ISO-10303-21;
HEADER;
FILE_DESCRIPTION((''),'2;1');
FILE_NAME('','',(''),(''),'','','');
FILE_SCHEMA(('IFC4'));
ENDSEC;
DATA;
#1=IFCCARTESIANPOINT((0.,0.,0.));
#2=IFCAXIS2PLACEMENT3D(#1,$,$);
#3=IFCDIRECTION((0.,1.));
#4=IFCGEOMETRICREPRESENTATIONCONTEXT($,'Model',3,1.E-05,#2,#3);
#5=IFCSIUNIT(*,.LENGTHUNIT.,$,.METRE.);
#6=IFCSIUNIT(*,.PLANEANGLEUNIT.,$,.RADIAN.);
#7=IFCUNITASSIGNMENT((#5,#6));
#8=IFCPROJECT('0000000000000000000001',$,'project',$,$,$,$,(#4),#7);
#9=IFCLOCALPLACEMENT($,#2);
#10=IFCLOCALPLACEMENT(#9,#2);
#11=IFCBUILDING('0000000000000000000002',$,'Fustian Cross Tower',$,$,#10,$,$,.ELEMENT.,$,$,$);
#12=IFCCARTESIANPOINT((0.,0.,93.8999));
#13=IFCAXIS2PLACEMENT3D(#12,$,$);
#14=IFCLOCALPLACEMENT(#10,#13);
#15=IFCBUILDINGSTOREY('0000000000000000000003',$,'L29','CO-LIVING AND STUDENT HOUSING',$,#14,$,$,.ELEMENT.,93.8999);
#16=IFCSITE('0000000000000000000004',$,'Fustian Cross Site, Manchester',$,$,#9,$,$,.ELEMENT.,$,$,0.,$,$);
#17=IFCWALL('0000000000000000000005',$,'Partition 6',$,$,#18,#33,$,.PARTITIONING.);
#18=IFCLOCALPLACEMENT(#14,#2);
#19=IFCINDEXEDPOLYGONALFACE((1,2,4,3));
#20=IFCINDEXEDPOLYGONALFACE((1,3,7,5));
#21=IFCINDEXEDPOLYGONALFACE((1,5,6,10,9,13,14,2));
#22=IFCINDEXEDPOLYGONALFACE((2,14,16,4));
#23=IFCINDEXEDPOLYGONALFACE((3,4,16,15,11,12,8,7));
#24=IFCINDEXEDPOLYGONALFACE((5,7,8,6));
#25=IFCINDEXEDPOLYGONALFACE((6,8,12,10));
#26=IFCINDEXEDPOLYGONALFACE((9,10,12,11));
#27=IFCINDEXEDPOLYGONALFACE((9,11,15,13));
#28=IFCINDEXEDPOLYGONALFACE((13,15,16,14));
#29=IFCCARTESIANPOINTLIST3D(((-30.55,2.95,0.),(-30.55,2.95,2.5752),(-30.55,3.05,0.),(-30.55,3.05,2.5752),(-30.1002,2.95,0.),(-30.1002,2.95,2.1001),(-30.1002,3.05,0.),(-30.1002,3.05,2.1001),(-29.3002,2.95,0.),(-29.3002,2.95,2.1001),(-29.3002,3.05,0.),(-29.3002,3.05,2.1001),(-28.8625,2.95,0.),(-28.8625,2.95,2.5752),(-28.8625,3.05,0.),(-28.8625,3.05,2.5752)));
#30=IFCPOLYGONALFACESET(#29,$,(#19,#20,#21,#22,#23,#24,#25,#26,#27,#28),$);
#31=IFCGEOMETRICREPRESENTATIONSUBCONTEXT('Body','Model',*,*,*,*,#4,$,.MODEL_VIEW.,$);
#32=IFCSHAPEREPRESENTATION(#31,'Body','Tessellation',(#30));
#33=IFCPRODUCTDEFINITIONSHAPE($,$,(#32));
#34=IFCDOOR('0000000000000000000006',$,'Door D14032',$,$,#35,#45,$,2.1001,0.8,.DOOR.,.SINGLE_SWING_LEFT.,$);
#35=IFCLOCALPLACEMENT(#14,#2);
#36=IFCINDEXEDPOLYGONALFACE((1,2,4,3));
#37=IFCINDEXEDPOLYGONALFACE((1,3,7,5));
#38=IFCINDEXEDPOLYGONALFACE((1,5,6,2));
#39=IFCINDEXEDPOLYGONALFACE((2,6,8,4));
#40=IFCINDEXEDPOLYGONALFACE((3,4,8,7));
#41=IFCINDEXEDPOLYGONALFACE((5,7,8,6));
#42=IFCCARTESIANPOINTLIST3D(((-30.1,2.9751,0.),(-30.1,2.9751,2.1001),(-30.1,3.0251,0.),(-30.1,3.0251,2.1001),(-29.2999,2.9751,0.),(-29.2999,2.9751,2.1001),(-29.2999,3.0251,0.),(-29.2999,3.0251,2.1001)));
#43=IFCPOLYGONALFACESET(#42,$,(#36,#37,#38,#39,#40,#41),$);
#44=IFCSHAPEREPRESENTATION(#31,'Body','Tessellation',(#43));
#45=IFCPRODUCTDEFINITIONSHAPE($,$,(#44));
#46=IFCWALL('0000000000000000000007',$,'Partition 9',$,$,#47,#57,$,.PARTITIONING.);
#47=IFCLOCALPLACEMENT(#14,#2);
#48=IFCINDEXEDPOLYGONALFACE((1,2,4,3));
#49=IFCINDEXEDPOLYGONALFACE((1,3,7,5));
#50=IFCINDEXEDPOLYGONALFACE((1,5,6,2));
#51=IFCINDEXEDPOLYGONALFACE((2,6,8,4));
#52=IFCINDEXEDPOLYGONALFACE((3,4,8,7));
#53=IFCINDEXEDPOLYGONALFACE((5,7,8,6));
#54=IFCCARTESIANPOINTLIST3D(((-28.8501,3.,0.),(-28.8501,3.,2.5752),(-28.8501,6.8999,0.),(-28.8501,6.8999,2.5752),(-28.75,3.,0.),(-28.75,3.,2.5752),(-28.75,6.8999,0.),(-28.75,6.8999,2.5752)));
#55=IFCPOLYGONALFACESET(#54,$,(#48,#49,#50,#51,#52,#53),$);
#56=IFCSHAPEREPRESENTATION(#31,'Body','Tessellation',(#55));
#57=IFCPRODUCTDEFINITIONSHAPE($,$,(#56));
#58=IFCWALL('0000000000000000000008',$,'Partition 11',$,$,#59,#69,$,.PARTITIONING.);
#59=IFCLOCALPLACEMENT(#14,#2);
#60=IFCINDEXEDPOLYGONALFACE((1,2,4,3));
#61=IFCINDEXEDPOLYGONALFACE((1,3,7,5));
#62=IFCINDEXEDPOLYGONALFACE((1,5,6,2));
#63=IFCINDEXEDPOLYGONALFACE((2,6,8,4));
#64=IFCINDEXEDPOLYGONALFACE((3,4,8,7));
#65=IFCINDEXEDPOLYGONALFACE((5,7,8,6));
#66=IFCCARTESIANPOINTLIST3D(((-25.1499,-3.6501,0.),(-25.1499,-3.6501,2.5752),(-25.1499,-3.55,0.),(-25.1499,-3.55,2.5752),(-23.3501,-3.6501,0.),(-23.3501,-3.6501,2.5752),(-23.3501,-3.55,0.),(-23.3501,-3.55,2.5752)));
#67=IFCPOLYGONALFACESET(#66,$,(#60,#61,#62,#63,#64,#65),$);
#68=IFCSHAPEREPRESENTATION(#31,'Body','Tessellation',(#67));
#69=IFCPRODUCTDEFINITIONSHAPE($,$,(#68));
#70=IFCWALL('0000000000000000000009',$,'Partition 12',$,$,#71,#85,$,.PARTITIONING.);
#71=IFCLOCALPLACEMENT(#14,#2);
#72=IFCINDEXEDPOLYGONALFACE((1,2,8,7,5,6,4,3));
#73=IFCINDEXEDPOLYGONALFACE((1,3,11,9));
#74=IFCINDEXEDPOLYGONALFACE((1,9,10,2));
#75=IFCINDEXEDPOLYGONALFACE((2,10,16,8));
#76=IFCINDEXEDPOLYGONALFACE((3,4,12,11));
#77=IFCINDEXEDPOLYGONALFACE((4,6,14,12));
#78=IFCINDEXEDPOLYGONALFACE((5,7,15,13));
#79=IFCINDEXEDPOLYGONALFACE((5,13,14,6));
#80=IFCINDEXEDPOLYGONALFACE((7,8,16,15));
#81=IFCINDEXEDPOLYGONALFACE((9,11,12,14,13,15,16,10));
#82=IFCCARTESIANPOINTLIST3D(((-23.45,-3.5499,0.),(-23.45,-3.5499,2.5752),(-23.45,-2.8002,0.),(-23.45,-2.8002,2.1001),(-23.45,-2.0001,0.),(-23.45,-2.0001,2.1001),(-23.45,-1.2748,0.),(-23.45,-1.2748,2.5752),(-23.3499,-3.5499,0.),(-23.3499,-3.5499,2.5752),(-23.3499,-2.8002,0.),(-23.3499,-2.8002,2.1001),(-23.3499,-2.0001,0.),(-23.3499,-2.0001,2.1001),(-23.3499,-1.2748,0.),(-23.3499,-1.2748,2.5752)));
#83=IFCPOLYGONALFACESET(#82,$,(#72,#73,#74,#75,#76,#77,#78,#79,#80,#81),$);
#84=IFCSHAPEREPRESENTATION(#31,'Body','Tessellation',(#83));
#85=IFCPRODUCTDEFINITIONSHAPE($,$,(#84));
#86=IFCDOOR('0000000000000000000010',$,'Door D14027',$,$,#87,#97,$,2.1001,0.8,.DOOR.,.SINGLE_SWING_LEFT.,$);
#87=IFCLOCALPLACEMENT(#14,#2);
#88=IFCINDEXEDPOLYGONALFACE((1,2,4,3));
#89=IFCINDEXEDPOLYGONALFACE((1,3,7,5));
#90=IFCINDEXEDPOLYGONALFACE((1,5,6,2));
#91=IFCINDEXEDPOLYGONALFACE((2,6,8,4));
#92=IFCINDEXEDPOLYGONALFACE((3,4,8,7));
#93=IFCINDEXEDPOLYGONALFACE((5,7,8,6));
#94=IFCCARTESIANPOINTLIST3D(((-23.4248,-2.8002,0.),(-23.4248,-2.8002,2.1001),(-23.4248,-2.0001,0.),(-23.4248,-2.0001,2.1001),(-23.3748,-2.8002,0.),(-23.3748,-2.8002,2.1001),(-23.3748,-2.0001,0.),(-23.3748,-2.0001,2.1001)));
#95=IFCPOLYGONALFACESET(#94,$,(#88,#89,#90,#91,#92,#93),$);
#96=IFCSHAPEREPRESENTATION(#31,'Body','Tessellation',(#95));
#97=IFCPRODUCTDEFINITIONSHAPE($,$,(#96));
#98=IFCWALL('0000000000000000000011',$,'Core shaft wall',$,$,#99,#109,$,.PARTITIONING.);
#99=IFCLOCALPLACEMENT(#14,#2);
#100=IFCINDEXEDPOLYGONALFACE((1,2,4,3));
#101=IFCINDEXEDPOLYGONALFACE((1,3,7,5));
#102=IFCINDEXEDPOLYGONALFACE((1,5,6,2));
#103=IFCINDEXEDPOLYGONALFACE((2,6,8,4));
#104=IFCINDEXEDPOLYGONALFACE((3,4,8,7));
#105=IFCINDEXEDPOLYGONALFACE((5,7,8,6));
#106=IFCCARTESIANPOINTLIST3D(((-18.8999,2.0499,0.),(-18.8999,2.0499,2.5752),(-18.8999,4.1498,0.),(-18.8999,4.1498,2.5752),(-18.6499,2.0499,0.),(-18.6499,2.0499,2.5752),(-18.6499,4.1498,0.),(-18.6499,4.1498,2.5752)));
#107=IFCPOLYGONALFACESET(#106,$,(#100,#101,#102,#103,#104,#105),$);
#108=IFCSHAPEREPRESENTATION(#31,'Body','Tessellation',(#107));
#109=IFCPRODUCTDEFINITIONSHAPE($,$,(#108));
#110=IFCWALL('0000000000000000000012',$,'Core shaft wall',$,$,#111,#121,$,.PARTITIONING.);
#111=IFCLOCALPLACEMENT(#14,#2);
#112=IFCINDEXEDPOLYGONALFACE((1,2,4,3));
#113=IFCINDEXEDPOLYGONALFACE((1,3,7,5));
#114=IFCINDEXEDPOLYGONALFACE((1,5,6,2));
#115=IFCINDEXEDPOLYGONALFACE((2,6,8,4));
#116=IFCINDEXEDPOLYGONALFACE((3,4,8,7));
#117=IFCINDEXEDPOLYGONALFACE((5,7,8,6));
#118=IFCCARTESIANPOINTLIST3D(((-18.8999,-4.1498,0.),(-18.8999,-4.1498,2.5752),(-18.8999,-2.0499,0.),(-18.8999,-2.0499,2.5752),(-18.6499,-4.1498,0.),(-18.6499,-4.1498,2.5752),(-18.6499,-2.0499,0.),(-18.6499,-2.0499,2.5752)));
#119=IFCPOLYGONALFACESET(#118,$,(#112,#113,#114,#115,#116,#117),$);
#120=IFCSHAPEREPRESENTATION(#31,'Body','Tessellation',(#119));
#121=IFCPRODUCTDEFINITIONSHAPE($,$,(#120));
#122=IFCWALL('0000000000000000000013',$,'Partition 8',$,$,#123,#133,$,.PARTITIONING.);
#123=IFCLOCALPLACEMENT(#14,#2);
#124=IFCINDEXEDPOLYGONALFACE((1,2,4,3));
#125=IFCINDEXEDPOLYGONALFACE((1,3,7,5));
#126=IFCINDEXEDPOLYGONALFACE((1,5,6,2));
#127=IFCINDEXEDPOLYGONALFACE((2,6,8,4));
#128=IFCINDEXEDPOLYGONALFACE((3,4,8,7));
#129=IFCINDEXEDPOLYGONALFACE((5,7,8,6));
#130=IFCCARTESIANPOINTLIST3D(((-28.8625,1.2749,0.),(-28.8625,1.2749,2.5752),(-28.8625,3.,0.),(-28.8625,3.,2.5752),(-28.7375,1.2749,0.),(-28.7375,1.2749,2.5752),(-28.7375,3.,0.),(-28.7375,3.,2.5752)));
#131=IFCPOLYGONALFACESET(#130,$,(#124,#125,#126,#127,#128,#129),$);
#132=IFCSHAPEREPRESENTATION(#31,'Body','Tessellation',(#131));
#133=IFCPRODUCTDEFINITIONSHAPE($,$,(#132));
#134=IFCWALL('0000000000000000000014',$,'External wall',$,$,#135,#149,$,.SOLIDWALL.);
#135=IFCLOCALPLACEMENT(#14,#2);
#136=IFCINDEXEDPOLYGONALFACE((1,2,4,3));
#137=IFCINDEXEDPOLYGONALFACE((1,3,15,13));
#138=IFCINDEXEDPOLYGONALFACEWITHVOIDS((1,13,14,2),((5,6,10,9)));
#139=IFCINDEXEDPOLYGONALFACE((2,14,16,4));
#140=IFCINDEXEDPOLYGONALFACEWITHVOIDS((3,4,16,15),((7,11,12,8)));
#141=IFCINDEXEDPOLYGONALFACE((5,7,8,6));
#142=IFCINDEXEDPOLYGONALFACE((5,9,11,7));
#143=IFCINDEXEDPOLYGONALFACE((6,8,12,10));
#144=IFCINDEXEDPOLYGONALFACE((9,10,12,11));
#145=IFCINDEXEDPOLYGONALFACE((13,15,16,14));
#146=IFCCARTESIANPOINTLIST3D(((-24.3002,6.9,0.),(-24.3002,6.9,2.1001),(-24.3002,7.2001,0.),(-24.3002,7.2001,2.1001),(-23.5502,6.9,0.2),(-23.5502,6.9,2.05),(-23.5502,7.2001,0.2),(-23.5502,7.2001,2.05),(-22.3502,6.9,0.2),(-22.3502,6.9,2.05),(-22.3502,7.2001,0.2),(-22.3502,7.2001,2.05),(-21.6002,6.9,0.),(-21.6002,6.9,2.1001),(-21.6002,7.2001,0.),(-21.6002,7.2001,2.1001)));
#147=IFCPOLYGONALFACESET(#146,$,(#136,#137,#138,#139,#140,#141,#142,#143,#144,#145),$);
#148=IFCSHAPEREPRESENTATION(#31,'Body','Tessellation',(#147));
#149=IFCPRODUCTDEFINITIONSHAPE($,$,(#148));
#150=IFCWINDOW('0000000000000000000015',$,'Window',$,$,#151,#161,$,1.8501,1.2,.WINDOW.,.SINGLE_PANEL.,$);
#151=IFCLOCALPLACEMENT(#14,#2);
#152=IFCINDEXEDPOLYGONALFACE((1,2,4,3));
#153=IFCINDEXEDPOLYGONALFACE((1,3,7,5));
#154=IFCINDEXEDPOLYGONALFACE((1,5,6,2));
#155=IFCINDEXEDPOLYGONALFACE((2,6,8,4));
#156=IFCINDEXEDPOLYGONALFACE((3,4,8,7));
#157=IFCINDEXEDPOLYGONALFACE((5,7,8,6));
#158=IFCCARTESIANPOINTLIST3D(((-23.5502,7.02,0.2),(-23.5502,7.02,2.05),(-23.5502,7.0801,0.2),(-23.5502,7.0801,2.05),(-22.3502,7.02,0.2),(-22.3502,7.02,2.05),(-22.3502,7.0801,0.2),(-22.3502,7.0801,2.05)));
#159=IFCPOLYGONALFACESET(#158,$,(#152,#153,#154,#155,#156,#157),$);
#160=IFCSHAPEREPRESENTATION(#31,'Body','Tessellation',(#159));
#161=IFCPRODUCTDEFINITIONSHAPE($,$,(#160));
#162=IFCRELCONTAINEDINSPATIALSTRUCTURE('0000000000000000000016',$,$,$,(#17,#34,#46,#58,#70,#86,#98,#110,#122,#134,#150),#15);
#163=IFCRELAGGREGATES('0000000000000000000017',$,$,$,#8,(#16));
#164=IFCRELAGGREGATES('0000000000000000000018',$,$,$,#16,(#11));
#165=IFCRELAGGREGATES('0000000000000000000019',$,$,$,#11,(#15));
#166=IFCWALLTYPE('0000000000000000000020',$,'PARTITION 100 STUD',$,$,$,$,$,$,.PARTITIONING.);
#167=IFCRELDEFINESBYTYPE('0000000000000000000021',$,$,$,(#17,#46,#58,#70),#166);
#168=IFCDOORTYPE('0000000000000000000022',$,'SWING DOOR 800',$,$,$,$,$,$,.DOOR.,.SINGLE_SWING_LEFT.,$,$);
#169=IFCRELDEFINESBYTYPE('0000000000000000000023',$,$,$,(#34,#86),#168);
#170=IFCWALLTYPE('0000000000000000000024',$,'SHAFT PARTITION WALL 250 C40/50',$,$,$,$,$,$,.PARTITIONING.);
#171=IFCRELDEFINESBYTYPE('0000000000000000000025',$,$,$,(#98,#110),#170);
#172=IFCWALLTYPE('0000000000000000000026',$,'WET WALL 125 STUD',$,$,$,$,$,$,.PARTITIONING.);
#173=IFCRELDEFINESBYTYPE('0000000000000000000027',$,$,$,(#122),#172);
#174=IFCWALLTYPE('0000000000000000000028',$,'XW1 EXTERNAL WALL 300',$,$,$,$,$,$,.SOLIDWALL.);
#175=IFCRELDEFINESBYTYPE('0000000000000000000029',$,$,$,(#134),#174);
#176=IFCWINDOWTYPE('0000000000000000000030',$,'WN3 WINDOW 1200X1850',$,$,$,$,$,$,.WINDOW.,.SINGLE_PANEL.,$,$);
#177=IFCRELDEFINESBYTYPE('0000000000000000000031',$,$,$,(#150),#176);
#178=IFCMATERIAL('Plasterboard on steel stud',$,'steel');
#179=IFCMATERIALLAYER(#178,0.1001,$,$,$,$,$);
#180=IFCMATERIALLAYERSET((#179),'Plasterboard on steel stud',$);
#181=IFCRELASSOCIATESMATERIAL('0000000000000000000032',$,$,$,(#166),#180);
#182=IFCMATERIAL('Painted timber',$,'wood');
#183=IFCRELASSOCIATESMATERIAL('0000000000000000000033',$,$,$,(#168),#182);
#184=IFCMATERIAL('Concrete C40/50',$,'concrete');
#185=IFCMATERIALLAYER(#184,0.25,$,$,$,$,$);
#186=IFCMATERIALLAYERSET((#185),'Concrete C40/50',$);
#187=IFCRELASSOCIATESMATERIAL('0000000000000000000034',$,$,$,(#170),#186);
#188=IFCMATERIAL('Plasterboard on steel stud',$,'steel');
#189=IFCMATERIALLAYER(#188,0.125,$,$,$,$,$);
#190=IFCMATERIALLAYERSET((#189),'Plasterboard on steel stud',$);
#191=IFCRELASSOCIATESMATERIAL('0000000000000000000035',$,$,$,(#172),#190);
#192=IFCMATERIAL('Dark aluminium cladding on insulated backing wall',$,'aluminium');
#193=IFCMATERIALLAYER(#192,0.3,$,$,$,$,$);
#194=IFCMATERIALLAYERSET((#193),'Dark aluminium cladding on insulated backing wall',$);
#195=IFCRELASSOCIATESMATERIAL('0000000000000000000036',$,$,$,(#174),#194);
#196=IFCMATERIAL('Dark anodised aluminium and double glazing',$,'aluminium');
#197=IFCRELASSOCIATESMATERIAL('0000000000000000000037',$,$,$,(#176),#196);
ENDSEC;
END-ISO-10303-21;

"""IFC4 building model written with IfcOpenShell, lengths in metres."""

from ifc_helpers import new_model, si_unit, direction, frame, frame_2d, origin, place, context, subcontext, project, spatial, rectangle, extrude, material, layer, layer_set, type_object, element, fill, save


model = new_model("IFC4")

# Units and contexts
model_context = context("Model", 3, precision=1e-05, world=origin(), true_north=direction((0.0, 1.0)))
body_context = subcontext(model_context, "Body", "Model", "MODEL_VIEW")
ifc_project = project(units=[si_unit("LENGTHUNIT", "METRE"), si_unit("PLANEANGLEUNIT", "RADIAN")], contexts=[model_context])

# Site, building, storey
site_placement = place(None, origin())
site = spatial("IfcSite", under=ifc_project, at=site_placement, Name="Fustian Cross Site, Manchester", CompositionType="ELEMENT", RefElevation=0.0)
building_placement = place(site_placement, origin())
building = spatial("IfcBuilding", under=site, at=building_placement, Name="Fustian Cross Tower", CompositionType="ELEMENT")
storey_placement = place(building_placement, frame((0.0, 0.0, 93.8999)))
storey = spatial("IfcBuildingStorey", under=building, at=storey_placement, Name="L29", Description="CO-LIVING AND STUDENT HOUSING", CompositionType="ELEMENT", Elevation=93.8999)

# Shared definitions
ifc_material_1 = material(Name="Plasterboard on steel stud", Category="steel")
ifc_layer_1 = layer(ifc_material_1, 0.1001)
ifc_layer_set_1 = layer_set([ifc_layer_1], Name="Plasterboard on steel stud")
wall_type_1 = type_object("IfcWallType", Name="PARTITION 100 STUD", PredefinedType="PARTITIONING", material=ifc_layer_set_1)

# Wall, opening, door
wall_1_placement = place(storey_placement, frame((-30.55, 3.0, 0.0), z_axis=(0.0, 0.0, 1.0), x_axis=(1.0, 0.0, 0.0)))
wall_1 = element("IfcWall", 1, at=wall_1_placement, inside=storey, type_object=wall_type_1, Name="Partition 6", PredefinedType="PARTITIONING", context=body_context, shape_type="SweptSolid", body=[
    extrude(rectangle(XDim=1.6875, YDim=0.1001, at=frame_2d((0.8438, 0.0))), origin(), (0.0, 0.0, 1.0), 2.5752),
])
opening_1_placement = place(wall_1_placement, frame((0.45, 0.0, 0.0)))
opening_1 = element("IfcOpeningElement", 2, at=opening_1_placement, cuts=wall_1, PredefinedType="OPENING", context=body_context, shape_type="SweptSolid", body=[
    extrude(rectangle(XDim=0.8, YDim=2.1001, at=frame_2d((0.3999, 1.05))), frame((0.0, 0.0601, 0.0), z_axis=(0.0, -1.0, 0.0), x_axis=(1.0, 0.0, 0.0)), (0.0, 0.0, 1.0), 0.1201),
])
ifc_material_2 = material(Name="Painted timber", Category="wood")
door_type_1 = type_object("IfcDoorType", Name="SWING DOOR 800", OperationType="SINGLE_SWING_LEFT", PredefinedType="DOOR", material=ifc_material_2)
door_1_placement = place(opening_1_placement, frame((0.8, 0.0, 0.0), z_axis=(0.0, 0.0, 1.0), x_axis=(-1.0, 0.0, 0.0)))
door_1 = element("IfcDoor", 3, at=door_1_placement, inside=storey, type_object=door_type_1, Name="Door D14032", OperationType="SINGLE_SWING_LEFT", OverallHeight=2.1001, OverallWidth=0.8, PredefinedType="DOOR", context=body_context, shape_type="SweptSolid", body=[
    extrude(rectangle(XDim=0.8, YDim=2.1001, at=frame_2d((0.3999, 1.05))), frame((0.0, 0.0249, 0.0), z_axis=(0.0, -1.0, 0.0), x_axis=(1.0, 0.0, 0.0)), (0.0, 0.0, 1.0), 0.05),
])
fill(opening_1, door_1)

# Walls
wall_2_placement = place(storey_placement, frame((-28.8, 3.0, 0.0), z_axis=(0.0, 0.0, 1.0), x_axis=(0.0, 1.0, 0.0)))
element("IfcWall", 4, at=wall_2_placement, inside=storey, type_object=wall_type_1, Name="Partition 9", PredefinedType="PARTITIONING", context=body_context, shape_type="SweptSolid", body=[
    extrude(rectangle(XDim=3.8999, YDim=0.1001, at=frame_2d((1.95, 0.0))), origin(), (0.0, 0.0, 1.0), 2.5752),
])
wall_3_placement = place(storey_placement, frame((-25.1499, -3.6001, 0.0), z_axis=(0.0, 0.0, 1.0), x_axis=(1.0, 0.0, 0.0)))
element("IfcWall", 5, at=wall_3_placement, inside=storey, type_object=wall_type_1, Name="Partition 11", PredefinedType="PARTITIONING", context=body_context, shape_type="SweptSolid", body=[
    extrude(rectangle(XDim=1.7998, YDim=0.1001, at=frame_2d((0.8999, 0.0))), origin(), (0.0, 0.0, 1.0), 2.5752),
])

# Wall, opening, door
wall_4_placement = place(storey_placement, frame((-23.3999, -3.55, 0.0), z_axis=(0.0, 0.0, 1.0), x_axis=(0.0, 1.0, 0.0)))
wall_4 = element("IfcWall", 6, at=wall_4_placement, inside=storey, type_object=wall_type_1, Name="Partition 12", PredefinedType="PARTITIONING", context=body_context, shape_type="SweptSolid", body=[
    extrude(rectangle(XDim=2.2751, YDim=0.1001, at=frame_2d((1.1377, 0.0))), origin(), (0.0, 0.0, 1.0), 2.5752),
])
opening_2_placement = place(wall_4_placement, frame((0.75, 0.0, 0.0)))
opening_2 = element("IfcOpeningElement", 7, at=opening_2_placement, cuts=wall_4, PredefinedType="OPENING", context=body_context, shape_type="SweptSolid", body=[
    extrude(rectangle(XDim=0.8, YDim=2.1001, at=frame_2d((0.3999, 1.05))), frame((0.0, 0.0601, 0.0), z_axis=(0.0, -1.0, 0.0), x_axis=(1.0, 0.0, 0.0)), (0.0, 0.0, 1.0), 0.1201),
])
door_2_placement = place(opening_2_placement, origin())
door_2 = element("IfcDoor", 8, at=door_2_placement, inside=storey, type_object=door_type_1, Name="Door D14027", OperationType="SINGLE_SWING_LEFT", OverallHeight=2.1001, OverallWidth=0.8, PredefinedType="DOOR", context=body_context, shape_type="SweptSolid", body=[
    extrude(rectangle(XDim=0.8, YDim=2.1001, at=frame_2d((0.3999, 1.05))), frame((0.0, 0.0249, 0.0), z_axis=(0.0, -1.0, 0.0), x_axis=(1.0, 0.0, 0.0)), (0.0, 0.0, 1.0), 0.05),
])
fill(opening_2, door_2)

# Walls
ifc_material_3 = material(Name="Concrete C40/50", Category="concrete")
ifc_layer_2 = layer(ifc_material_3, 0.25)
ifc_layer_set_2 = layer_set([ifc_layer_2], Name="Concrete C40/50")
wall_type_2 = type_object("IfcWallType", Name="SHAFT PARTITION WALL 250 C40/50", PredefinedType="PARTITIONING", material=ifc_layer_set_2)
for number, where, z_axis, x_axis, name in (
    (9, (-18.7749, 2.05, 0.0), (0.0, 0.0, 1.0), (0.0, 1.0, 0.0), "Core shaft wall"),
    (10, (-18.7749, -2.05, 0.0), (0.0, 0.0, 1.0), (0.0, -1.0, 0.0), "Core shaft wall"),
):
    element("IfcWall", number, at=place(storey_placement, frame(where, z_axis=z_axis, x_axis=x_axis)), inside=storey, type_object=wall_type_2, Name=name, PredefinedType="PARTITIONING", context=body_context, shape_type="SweptSolid", body=[
        extrude(rectangle(XDim=2.0999, YDim=0.25, at=frame_2d((1.0498, 0.0))), origin(), (0.0, 0.0, 1.0), 2.5752),
    ])
ifc_material_4 = material(Name="Plasterboard on steel stud", Category="steel")
ifc_layer_3 = layer(ifc_material_4, 0.125)
ifc_layer_set_3 = layer_set([ifc_layer_3], Name="Plasterboard on steel stud")
wall_type_3 = type_object("IfcWallType", Name="WET WALL 125 STUD", PredefinedType="PARTITIONING", material=ifc_layer_set_3)
wall_5_placement = place(storey_placement, frame((-28.8, 1.2749, 0.0), z_axis=(0.0, 0.0, 1.0), x_axis=(0.0, 1.0, 0.0)))
element("IfcWall", 11, at=wall_5_placement, inside=storey, type_object=wall_type_3, Name="Partition 8", PredefinedType="PARTITIONING", context=body_context, shape_type="SweptSolid", body=[
    extrude(rectangle(XDim=1.7251, YDim=0.125, at=frame_2d((0.8625, 0.0))), origin(), (0.0, 0.0, 1.0), 2.5752),
])

# Wall, opening, window
ifc_material_5 = material(Name="Dark aluminium cladding on insulated backing wall", Category="aluminium")
ifc_layer_4 = layer(ifc_material_5, 0.3)
ifc_layer_set_4 = layer_set([ifc_layer_4], Name="Dark aluminium cladding on insulated backing wall")
wall_type_4 = type_object("IfcWallType", Name="XW1 EXTERNAL WALL 300", PredefinedType="SOLIDWALL", material=ifc_layer_set_4)
wall_6_placement = place(storey_placement, frame((-21.6001, 7.05, 0.0), z_axis=(0.0, 0.0, 1.0), x_axis=(-1.0, 0.0, 0.0)))
wall_6 = element("IfcWall", 12, at=wall_6_placement, inside=storey, type_object=wall_type_4, Name="External wall", PredefinedType="SOLIDWALL", context=body_context, shape_type="SweptSolid", body=[
    extrude(rectangle(XDim=2.7, YDim=0.3, at=frame_2d((1.3501, 0.0))), origin(), (0.0, 0.0, 1.0), 2.1001),
])
opening_3_placement = place(wall_6_placement, frame((0.75, 0.0, 0.2)))
opening_3 = element("IfcOpeningElement", 13, at=opening_3_placement, cuts=wall_6, PredefinedType="OPENING", context=body_context, shape_type="SweptSolid", body=[
    extrude(rectangle(XDim=1.2, YDim=1.8501, at=frame_2d((0.6001, 0.925))), frame((0.0, 0.1599, 0.0), z_axis=(0.0, -1.0, 0.0), x_axis=(1.0, 0.0, 0.0)), (0.0, 0.0, 1.0), 0.3201),
])
ifc_material_6 = material(Name="Dark anodised aluminium and double glazing", Category="aluminium")
window_type = type_object("IfcWindowType", Name="WN3 WINDOW 1200X1850", PartitioningType="SINGLE_PANEL", PredefinedType="WINDOW", material=ifc_material_6)
window_1_placement = place(opening_3_placement, origin())
window_1 = element("IfcWindow", 14, at=window_1_placement, inside=storey, type_object=window_type, Name="Window", OverallHeight=1.8501, OverallWidth=1.2, PartitioningType="SINGLE_PANEL", PredefinedType="WINDOW", context=body_context, shape_type="SweptSolid", body=[
    extrude(rectangle(XDim=1.2, YDim=1.8501, at=frame_2d((0.6001, 0.925))), frame((0.0, 0.03, 0.0), z_axis=(0.0, -1.0, 0.0), x_axis=(1.0, 0.0, 0.0)), (0.0, 0.0, 1.0), 0.0601),
])
fill(opening_3, window_1)

save(model, "model.ifc")
